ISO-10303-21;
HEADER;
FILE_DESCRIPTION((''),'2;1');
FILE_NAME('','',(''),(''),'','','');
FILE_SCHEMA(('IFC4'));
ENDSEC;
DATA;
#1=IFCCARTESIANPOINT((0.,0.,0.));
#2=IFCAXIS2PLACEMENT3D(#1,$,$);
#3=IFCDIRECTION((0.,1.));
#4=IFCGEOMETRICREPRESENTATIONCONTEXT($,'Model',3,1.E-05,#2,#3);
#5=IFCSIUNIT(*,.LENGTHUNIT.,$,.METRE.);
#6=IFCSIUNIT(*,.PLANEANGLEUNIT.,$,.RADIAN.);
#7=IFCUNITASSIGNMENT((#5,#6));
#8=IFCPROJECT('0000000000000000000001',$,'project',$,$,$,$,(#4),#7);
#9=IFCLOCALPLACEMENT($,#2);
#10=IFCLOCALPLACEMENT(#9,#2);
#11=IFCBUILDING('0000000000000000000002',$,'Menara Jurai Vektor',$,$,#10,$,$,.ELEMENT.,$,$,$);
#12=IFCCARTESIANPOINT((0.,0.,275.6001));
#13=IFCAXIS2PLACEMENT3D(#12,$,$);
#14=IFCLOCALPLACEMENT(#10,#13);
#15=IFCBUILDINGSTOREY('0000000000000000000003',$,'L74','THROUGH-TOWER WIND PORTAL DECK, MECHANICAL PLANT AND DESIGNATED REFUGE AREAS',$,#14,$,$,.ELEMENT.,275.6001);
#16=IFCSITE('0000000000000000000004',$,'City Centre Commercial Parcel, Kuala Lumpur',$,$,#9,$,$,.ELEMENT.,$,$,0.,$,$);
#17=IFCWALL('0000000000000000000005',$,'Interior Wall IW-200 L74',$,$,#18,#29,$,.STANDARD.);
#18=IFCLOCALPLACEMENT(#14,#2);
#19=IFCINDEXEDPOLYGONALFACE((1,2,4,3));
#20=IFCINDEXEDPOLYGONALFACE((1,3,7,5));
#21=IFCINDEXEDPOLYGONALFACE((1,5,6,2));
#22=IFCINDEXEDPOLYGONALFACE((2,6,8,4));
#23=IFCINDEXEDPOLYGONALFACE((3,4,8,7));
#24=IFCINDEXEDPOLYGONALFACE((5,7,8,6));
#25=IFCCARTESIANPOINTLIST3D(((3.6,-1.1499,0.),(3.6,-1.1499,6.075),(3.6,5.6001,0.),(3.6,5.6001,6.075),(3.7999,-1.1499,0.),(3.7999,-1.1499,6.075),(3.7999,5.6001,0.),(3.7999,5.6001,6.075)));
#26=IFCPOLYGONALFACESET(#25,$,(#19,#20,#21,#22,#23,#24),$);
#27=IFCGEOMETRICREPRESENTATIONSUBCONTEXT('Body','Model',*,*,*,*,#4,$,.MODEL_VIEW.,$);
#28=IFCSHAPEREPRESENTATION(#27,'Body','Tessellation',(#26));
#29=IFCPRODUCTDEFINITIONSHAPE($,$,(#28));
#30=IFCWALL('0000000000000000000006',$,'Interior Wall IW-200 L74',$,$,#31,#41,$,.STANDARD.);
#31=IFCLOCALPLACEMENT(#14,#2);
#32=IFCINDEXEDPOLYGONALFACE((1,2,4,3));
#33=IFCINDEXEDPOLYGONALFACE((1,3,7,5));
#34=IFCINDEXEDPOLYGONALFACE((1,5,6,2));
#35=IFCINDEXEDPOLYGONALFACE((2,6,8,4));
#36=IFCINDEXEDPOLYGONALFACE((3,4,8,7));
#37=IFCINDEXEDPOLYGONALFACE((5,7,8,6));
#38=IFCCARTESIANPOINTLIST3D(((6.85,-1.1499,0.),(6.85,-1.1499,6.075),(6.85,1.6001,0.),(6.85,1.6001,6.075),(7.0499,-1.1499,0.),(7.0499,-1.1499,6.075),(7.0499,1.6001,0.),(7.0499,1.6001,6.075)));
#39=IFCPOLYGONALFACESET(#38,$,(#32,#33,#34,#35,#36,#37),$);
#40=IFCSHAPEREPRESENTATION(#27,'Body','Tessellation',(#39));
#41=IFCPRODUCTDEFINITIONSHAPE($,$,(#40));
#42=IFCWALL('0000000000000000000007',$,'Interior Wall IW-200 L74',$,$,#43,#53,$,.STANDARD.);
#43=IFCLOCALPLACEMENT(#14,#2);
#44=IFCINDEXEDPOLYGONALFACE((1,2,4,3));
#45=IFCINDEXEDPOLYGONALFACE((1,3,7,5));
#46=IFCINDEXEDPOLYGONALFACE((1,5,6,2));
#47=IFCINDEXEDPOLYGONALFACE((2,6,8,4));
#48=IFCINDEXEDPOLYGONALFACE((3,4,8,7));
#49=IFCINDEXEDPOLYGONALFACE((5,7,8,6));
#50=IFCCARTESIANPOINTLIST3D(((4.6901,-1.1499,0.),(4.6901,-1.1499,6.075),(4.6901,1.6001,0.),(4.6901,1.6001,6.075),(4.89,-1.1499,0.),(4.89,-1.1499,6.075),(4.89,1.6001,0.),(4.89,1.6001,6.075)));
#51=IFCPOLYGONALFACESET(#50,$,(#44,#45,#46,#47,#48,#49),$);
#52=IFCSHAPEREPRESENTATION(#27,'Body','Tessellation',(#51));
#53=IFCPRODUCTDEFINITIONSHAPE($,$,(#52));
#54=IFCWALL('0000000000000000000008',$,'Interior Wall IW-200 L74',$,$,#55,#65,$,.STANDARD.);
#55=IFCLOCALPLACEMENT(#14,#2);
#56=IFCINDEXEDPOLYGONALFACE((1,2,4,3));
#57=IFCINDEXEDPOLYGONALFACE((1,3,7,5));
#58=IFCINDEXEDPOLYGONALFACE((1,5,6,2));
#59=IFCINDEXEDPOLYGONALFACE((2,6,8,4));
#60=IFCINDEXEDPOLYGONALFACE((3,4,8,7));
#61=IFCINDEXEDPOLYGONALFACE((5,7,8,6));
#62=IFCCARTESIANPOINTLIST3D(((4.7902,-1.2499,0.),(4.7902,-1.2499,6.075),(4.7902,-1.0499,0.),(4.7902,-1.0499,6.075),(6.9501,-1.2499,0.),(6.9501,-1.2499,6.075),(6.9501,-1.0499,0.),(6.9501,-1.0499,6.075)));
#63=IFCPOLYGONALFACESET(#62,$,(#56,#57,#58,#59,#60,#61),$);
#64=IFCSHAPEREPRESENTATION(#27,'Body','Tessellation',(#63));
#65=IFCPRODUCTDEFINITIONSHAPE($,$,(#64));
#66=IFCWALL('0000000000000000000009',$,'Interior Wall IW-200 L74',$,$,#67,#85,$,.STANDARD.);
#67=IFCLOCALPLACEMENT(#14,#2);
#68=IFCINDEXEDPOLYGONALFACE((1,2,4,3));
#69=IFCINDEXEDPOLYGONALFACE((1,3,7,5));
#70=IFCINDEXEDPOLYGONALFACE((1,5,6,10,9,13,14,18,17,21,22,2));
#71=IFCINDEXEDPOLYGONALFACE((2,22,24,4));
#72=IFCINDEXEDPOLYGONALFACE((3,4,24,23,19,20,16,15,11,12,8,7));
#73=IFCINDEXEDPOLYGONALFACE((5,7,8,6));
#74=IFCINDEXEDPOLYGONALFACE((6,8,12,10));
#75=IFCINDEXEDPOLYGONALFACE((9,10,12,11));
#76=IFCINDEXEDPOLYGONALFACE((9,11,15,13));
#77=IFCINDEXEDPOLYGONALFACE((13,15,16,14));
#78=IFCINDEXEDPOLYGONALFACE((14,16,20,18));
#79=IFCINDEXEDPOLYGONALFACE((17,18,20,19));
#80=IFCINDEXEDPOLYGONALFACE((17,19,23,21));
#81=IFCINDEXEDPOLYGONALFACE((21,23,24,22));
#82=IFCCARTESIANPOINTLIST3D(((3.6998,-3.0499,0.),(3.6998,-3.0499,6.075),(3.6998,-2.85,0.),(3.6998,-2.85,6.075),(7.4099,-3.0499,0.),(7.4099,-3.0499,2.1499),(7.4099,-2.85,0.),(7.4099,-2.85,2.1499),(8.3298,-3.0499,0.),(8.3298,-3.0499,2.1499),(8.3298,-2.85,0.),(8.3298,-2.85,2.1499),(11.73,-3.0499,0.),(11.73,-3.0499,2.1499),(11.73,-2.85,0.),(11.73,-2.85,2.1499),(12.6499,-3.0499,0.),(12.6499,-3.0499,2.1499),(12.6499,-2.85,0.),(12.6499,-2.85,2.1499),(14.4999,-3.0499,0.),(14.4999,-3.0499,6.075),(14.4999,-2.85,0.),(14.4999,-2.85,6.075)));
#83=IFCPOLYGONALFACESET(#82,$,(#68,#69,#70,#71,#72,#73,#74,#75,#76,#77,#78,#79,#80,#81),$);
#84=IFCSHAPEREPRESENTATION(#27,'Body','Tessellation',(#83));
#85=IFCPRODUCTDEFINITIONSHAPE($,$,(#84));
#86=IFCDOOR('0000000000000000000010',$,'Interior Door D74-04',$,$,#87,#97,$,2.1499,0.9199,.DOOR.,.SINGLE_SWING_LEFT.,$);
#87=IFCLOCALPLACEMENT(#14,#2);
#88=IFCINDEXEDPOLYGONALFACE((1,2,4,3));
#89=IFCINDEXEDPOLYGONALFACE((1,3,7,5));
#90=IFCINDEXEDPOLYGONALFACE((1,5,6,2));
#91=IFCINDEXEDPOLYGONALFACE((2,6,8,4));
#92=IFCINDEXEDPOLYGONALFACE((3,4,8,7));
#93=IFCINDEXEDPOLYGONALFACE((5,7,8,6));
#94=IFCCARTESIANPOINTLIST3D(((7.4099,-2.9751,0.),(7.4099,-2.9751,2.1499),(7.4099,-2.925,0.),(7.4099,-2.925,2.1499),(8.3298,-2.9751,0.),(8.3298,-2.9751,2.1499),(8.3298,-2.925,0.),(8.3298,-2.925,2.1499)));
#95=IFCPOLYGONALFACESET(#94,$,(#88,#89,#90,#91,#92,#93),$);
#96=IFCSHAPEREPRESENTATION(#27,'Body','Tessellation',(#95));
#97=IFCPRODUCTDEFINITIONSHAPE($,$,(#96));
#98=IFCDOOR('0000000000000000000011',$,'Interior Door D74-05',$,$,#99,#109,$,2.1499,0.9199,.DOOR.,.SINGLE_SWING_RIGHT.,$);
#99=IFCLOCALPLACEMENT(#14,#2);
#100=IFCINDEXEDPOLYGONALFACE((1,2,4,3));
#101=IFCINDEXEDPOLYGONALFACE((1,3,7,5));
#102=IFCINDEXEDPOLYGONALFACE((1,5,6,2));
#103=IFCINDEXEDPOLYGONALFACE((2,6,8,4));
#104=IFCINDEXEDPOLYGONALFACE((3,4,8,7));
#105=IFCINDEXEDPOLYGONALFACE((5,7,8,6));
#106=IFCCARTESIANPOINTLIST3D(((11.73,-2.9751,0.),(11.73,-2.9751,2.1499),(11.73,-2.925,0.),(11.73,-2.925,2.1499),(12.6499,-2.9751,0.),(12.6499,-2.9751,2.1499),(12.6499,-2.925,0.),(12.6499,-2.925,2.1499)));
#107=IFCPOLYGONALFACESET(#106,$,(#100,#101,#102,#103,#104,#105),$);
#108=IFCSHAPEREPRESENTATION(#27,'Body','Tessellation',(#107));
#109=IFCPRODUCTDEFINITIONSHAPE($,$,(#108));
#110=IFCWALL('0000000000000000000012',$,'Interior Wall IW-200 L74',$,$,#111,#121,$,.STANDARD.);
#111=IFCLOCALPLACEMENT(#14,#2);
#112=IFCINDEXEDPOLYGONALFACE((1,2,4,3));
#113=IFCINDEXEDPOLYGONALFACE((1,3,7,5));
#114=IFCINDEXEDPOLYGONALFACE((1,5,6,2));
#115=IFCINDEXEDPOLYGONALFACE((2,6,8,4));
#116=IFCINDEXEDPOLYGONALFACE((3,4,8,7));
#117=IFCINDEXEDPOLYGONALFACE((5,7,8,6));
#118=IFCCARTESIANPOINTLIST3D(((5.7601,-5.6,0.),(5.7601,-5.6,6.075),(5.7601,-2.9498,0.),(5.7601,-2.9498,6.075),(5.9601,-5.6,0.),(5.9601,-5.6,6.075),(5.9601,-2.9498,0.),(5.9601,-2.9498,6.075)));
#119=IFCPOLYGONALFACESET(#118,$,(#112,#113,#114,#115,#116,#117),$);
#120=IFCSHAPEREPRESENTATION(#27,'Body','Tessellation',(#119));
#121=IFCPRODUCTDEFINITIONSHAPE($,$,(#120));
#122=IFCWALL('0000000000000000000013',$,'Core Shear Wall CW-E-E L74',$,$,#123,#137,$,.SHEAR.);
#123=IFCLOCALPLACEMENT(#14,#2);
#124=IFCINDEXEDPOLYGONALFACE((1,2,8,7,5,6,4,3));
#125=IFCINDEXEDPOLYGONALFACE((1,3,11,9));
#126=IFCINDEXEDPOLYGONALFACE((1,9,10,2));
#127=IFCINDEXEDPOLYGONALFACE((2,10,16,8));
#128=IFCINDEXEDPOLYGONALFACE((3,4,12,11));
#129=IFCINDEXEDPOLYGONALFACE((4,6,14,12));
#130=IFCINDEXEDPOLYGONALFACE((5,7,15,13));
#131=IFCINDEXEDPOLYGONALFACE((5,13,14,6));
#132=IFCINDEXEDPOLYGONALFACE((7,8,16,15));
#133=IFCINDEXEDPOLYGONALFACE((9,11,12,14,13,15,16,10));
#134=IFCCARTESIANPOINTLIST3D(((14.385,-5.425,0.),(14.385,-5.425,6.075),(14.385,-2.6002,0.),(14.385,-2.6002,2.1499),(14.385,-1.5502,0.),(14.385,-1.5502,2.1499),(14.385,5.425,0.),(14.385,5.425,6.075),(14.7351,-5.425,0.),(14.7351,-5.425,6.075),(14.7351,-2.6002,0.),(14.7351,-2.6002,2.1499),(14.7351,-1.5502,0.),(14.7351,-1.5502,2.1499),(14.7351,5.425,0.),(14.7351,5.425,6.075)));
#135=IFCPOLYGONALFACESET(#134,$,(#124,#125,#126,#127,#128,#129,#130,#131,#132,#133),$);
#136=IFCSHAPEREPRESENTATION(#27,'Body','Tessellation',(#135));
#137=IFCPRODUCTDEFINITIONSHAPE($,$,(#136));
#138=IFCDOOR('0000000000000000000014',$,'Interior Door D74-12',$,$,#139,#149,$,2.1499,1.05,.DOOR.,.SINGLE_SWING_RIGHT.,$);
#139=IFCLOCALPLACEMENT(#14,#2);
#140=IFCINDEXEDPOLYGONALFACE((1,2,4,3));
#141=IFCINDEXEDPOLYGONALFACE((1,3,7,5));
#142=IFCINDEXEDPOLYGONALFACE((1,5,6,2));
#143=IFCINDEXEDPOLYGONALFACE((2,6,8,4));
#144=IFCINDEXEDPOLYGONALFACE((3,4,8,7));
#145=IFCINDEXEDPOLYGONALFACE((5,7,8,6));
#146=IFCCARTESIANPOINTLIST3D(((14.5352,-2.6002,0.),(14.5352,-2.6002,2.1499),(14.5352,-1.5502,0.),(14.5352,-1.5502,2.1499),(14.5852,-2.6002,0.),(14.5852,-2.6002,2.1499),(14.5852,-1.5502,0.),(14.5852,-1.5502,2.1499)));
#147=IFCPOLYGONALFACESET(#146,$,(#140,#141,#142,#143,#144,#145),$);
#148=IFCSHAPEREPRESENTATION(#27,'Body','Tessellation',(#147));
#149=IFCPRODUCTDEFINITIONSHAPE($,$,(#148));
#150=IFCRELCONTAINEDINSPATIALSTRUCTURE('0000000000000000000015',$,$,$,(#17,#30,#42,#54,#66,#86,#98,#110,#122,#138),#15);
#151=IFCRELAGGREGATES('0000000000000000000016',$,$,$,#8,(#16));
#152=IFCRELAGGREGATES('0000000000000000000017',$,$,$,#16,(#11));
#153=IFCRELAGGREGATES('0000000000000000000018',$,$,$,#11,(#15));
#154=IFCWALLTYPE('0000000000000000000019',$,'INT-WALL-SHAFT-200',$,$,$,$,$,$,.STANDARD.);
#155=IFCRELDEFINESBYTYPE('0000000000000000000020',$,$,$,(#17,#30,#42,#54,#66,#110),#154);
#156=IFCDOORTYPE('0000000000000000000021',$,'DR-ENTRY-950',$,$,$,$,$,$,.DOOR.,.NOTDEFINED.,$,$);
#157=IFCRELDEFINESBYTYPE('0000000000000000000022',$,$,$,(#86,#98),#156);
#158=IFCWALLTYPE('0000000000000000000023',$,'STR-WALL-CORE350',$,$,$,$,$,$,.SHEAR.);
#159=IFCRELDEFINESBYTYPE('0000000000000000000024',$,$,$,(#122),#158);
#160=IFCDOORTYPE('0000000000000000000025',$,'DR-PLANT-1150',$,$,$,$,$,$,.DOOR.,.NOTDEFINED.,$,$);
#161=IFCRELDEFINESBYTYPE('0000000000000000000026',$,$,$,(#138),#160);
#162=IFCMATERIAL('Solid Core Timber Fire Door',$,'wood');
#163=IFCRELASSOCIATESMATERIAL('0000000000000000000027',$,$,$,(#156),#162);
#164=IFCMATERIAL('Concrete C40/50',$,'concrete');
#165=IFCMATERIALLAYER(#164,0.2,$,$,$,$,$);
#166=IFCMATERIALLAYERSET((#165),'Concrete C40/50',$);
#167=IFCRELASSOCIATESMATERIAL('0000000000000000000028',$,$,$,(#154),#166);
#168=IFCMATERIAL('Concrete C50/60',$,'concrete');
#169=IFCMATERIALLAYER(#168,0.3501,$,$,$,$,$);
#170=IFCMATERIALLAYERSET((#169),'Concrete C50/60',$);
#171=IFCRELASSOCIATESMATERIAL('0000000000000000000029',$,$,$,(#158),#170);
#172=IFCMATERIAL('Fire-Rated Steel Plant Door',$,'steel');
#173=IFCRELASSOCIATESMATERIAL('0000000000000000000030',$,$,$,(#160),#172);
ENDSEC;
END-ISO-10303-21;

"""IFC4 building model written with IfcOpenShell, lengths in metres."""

from ifc_helpers import new_model, si_unit, direction, frame, frame_2d, origin, place, context, subcontext, project, spatial, rectangle, extrude, material, layer, layer_set, type_object, element, fill, save


model = new_model("IFC4")

# Units and contexts
model_context = context("Model", 3, precision=1e-05, world=origin(), true_north=direction((0.0, 1.0)))
body_context = subcontext(model_context, "Body", "Model", "MODEL_VIEW")
ifc_project = project(units=[si_unit("LENGTHUNIT", "METRE"), si_unit("PLANEANGLEUNIT", "RADIAN")], contexts=[model_context])

# Site, building, storey
site_placement = place(None, origin())
site = spatial("IfcSite", under=ifc_project, at=site_placement, Name="City Centre Commercial Parcel, Kuala Lumpur", CompositionType="ELEMENT", RefElevation=0.0)
building_placement = place(site_placement, origin())
building = spatial("IfcBuilding", under=site, at=building_placement, Name="Menara Jurai Vektor", CompositionType="ELEMENT")
storey_placement = place(building_placement, frame((0.0, 0.0, 275.6001)))
storey = spatial("IfcBuildingStorey", under=building, at=storey_placement, Name="L74", Description="THROUGH-TOWER WIND PORTAL DECK, MECHANICAL PLANT AND DESIGNATED REFUGE AREAS", CompositionType="ELEMENT", Elevation=275.6001)

# Shared definitions
ifc_material_1 = material(Name="Concrete C50/60", Category="concrete")

# Shared definitions
ifc_material_2 = material(Name="Concrete C40/50", Category="concrete")

# Shared definitions
ifc_material_3 = material(Name="Solid Core Timber Fire Door", Category="wood")
door_type_1 = type_object("IfcDoorType", Name="DR-ENTRY-950", OperationType="NOTDEFINED", PredefinedType="DOOR", material=ifc_material_3)

# Walls
ifc_layer_1 = layer(ifc_material_2, 0.2)
ifc_layer_set_1 = layer_set([ifc_layer_1], Name="Concrete C40/50")
wall_type_1 = type_object("IfcWallType", Name="INT-WALL-SHAFT-200", PredefinedType="STANDARD", material=ifc_layer_set_1)
wall_1_placement = place(storey_placement, frame((3.7, -1.1499, 0.0), z_axis=(0.0, 0.0, 1.0), x_axis=(0.0, 1.0, 0.0)))
element("IfcWall", 1, at=wall_1_placement, inside=storey, type_object=wall_type_1, Name="Interior Wall IW-200 L74", PredefinedType="STANDARD", context=body_context, shape_type="SweptSolid", body=[
    extrude(rectangle(XDim=6.75, YDim=0.2, at=frame_2d((3.375, 0.0))), origin(), (0.0, 0.0, 1.0), 6.075),
])
wall_2_placement = place(storey_placement, frame((6.95, -1.1499, 0.0), z_axis=(0.0, 0.0, 1.0), x_axis=(0.0, 1.0, 0.0)))
element("IfcWall", 2, at=wall_2_placement, inside=storey, type_object=wall_type_1, Name="Interior Wall IW-200 L74", PredefinedType="STANDARD", context=body_context, shape_type="SweptSolid", body=[
    extrude(rectangle(XDim=2.75, YDim=0.2, at=frame_2d((1.375, 0.0))), origin(), (0.0, 0.0, 1.0), 6.075),
])

# Walls
wall_3_placement = place(storey_placement, frame((4.79, -1.1499, 0.0), z_axis=(0.0, 0.0, 1.0), x_axis=(0.0, 1.0, 0.0)))
element("IfcWall", 3, at=wall_3_placement, inside=storey, type_object=wall_type_1, Name="Interior Wall IW-200 L74", PredefinedType="STANDARD", context=body_context, shape_type="SweptSolid", body=[
    extrude(rectangle(XDim=2.75, YDim=0.2, at=frame_2d((1.375, 0.0))), origin(), (0.0, 0.0, 1.0), 6.075),
])
wall_4_placement = place(storey_placement, frame((4.79, -1.1499, 0.0), z_axis=(0.0, 0.0, 1.0), x_axis=(1.0, 0.0, 0.0)))
element("IfcWall", 4, at=wall_4_placement, inside=storey, type_object=wall_type_1, Name="Interior Wall IW-200 L74", PredefinedType="STANDARD", context=body_context, shape_type="SweptSolid", body=[
    extrude(rectangle(XDim=2.1599, YDim=0.2, at=frame_2d((1.0801, 0.0))), origin(), (0.0, 0.0, 1.0), 6.075),
])

# Wall, openings, doors
wall_5_placement = place(storey_placement, frame((3.7, -2.95, 0.0), z_axis=(0.0, 0.0, 1.0), x_axis=(1.0, 0.0, 0.0)))
wall_5 = element("IfcWall", 5, at=wall_5_placement, inside=storey, type_object=wall_type_1, Name="Interior Wall IW-200 L74", PredefinedType="STANDARD", context=body_context, shape_type="SweptSolid", body=[
    extrude(rectangle(XDim=10.8, YDim=0.2, at=frame_2d((5.3999, 0.0))), origin(), (0.0, 0.0, 1.0), 6.075),
])
opening_1_placement = place(wall_5_placement, frame((3.71, 0.0, 0.0)))
opening_1 = element("IfcOpeningElement", 6, at=opening_1_placement, cuts=wall_5, PredefinedType="OPENING", context=body_context, shape_type="SweptSolid", body=[
    extrude(rectangle(XDim=0.9199, YDim=2.1499, at=frame_2d((0.46, 1.075))), frame((0.0, 0.1099, 0.0), z_axis=(0.0, -1.0, 0.0), x_axis=(1.0, 0.0, 0.0)), (0.0, 0.0, 1.0), 0.22),
])
opening_2_placement = place(wall_5_placement, frame((8.03, 0.0, 0.0)))
opening_2 = element("IfcOpeningElement", 7, at=opening_2_placement, cuts=wall_5, PredefinedType="OPENING", context=body_context, shape_type="SweptSolid", body=[
    extrude(rectangle(XDim=0.9199, YDim=2.1499, at=frame_2d((0.46, 1.075))), frame((0.0, 0.1099, 0.0), z_axis=(0.0, -1.0, 0.0), x_axis=(1.0, 0.0, 0.0)), (0.0, 0.0, 1.0), 0.22),
])
door_1_placement = place(opening_1_placement, origin())
door_1 = element("IfcDoor", 8, at=door_1_placement, inside=storey, type_object=door_type_1, Name="Interior Door D74-04", OperationType="SINGLE_SWING_LEFT", OverallHeight=2.1499, OverallWidth=0.9199, PredefinedType="DOOR", context=body_context, shape_type="SweptSolid", body=[
    extrude(rectangle(XDim=0.9199, YDim=2.1499, at=frame_2d((0.46, 1.075))), frame((0.0, 0.0249, 0.0), z_axis=(0.0, -1.0, 0.0), x_axis=(1.0, 0.0, 0.0)), (0.0, 0.0, 1.0), 0.05),
])
fill(opening_1, door_1)
door_2_placement = place(opening_2_placement, origin())
door_2 = element("IfcDoor", 9, at=door_2_placement, inside=storey, type_object=door_type_1, Name="Interior Door D74-05", OperationType="SINGLE_SWING_RIGHT", OverallHeight=2.1499, OverallWidth=0.9199, PredefinedType="DOOR", context=body_context, shape_type="SweptSolid", body=[
    extrude(rectangle(XDim=0.9199, YDim=2.1499, at=frame_2d((0.46, 1.075))), frame((0.0, 0.0249, 0.0), z_axis=(0.0, -1.0, 0.0), x_axis=(1.0, 0.0, 0.0)), (0.0, 0.0, 1.0), 0.05),
])
fill(opening_2, door_2)

# Wall
wall_6_placement = place(storey_placement, frame((5.8601, -5.6001, 0.0), z_axis=(0.0, 0.0, 1.0), x_axis=(0.0, 1.0, 0.0)))
element("IfcWall", 10, at=wall_6_placement, inside=storey, type_object=wall_type_1, Name="Interior Wall IW-200 L74", PredefinedType="STANDARD", context=body_context, shape_type="SweptSolid", body=[
    extrude(rectangle(XDim=2.6501, YDim=0.2, at=frame_2d((1.3252, 0.0))), origin(), (0.0, 0.0, 1.0), 6.075),
])

# Wall, opening, door
ifc_layer_2 = layer(ifc_material_1, 0.3501)
ifc_layer_set_2 = layer_set([ifc_layer_2], Name="Concrete C50/60")
wall_type_2 = type_object("IfcWallType", Name="STR-WALL-CORE350", PredefinedType="SHEAR", material=ifc_layer_set_2)
wall_7_placement = place(storey_placement, frame((14.5601, -5.425, 0.0), z_axis=(0.0, 0.0, 1.0), x_axis=(0.0, 1.0, 0.0)))
wall_7 = element("IfcWall", 11, at=wall_7_placement, inside=storey, type_object=wall_type_2, Name="Core Shear Wall CW-E-E L74", PredefinedType="SHEAR", context=body_context, shape_type="SweptSolid", body=[
    extrude(rectangle(XDim=10.8501, YDim=0.3501, at=frame_2d((5.425, 0.0))), origin(), (0.0, 0.0, 1.0), 6.075),
])
opening_3_placement = place(wall_7_placement, frame((2.825, 0.0, 0.0)))
opening_3 = element("IfcOpeningElement", 12, at=opening_3_placement, cuts=wall_7, PredefinedType="OPENING", context=body_context, shape_type="SweptSolid", body=[
    extrude(rectangle(XDim=1.05, YDim=2.1499, at=frame_2d((0.5249, 1.075))), frame((0.0, 0.1851, 0.0), z_axis=(0.0, -1.0, 0.0), x_axis=(1.0, 0.0, 0.0)), (0.0, 0.0, 1.0), 0.3701),
])
ifc_material_4 = material(Name="Fire-Rated Steel Plant Door", Category="steel")
door_type_2 = type_object("IfcDoorType", Name="DR-PLANT-1150", OperationType="NOTDEFINED", PredefinedType="DOOR", material=ifc_material_4)
door_3_placement = place(opening_3_placement, origin())
door_3 = element("IfcDoor", 13, at=door_3_placement, inside=storey, type_object=door_type_2, Name="Interior Door D74-12", OperationType="SINGLE_SWING_RIGHT", OverallHeight=2.1499, OverallWidth=1.05, PredefinedType="DOOR", context=body_context, shape_type="SweptSolid", body=[
    extrude(rectangle(XDim=1.05, YDim=2.1499, at=frame_2d((0.5249, 1.075))), frame((0.0, 0.0249, 0.0), z_axis=(0.0, -1.0, 0.0), x_axis=(1.0, 0.0, 0.0)), (0.0, 0.0, 1.0), 0.05),
])
fill(opening_3, door_3)

save(model, "model.ifc")
